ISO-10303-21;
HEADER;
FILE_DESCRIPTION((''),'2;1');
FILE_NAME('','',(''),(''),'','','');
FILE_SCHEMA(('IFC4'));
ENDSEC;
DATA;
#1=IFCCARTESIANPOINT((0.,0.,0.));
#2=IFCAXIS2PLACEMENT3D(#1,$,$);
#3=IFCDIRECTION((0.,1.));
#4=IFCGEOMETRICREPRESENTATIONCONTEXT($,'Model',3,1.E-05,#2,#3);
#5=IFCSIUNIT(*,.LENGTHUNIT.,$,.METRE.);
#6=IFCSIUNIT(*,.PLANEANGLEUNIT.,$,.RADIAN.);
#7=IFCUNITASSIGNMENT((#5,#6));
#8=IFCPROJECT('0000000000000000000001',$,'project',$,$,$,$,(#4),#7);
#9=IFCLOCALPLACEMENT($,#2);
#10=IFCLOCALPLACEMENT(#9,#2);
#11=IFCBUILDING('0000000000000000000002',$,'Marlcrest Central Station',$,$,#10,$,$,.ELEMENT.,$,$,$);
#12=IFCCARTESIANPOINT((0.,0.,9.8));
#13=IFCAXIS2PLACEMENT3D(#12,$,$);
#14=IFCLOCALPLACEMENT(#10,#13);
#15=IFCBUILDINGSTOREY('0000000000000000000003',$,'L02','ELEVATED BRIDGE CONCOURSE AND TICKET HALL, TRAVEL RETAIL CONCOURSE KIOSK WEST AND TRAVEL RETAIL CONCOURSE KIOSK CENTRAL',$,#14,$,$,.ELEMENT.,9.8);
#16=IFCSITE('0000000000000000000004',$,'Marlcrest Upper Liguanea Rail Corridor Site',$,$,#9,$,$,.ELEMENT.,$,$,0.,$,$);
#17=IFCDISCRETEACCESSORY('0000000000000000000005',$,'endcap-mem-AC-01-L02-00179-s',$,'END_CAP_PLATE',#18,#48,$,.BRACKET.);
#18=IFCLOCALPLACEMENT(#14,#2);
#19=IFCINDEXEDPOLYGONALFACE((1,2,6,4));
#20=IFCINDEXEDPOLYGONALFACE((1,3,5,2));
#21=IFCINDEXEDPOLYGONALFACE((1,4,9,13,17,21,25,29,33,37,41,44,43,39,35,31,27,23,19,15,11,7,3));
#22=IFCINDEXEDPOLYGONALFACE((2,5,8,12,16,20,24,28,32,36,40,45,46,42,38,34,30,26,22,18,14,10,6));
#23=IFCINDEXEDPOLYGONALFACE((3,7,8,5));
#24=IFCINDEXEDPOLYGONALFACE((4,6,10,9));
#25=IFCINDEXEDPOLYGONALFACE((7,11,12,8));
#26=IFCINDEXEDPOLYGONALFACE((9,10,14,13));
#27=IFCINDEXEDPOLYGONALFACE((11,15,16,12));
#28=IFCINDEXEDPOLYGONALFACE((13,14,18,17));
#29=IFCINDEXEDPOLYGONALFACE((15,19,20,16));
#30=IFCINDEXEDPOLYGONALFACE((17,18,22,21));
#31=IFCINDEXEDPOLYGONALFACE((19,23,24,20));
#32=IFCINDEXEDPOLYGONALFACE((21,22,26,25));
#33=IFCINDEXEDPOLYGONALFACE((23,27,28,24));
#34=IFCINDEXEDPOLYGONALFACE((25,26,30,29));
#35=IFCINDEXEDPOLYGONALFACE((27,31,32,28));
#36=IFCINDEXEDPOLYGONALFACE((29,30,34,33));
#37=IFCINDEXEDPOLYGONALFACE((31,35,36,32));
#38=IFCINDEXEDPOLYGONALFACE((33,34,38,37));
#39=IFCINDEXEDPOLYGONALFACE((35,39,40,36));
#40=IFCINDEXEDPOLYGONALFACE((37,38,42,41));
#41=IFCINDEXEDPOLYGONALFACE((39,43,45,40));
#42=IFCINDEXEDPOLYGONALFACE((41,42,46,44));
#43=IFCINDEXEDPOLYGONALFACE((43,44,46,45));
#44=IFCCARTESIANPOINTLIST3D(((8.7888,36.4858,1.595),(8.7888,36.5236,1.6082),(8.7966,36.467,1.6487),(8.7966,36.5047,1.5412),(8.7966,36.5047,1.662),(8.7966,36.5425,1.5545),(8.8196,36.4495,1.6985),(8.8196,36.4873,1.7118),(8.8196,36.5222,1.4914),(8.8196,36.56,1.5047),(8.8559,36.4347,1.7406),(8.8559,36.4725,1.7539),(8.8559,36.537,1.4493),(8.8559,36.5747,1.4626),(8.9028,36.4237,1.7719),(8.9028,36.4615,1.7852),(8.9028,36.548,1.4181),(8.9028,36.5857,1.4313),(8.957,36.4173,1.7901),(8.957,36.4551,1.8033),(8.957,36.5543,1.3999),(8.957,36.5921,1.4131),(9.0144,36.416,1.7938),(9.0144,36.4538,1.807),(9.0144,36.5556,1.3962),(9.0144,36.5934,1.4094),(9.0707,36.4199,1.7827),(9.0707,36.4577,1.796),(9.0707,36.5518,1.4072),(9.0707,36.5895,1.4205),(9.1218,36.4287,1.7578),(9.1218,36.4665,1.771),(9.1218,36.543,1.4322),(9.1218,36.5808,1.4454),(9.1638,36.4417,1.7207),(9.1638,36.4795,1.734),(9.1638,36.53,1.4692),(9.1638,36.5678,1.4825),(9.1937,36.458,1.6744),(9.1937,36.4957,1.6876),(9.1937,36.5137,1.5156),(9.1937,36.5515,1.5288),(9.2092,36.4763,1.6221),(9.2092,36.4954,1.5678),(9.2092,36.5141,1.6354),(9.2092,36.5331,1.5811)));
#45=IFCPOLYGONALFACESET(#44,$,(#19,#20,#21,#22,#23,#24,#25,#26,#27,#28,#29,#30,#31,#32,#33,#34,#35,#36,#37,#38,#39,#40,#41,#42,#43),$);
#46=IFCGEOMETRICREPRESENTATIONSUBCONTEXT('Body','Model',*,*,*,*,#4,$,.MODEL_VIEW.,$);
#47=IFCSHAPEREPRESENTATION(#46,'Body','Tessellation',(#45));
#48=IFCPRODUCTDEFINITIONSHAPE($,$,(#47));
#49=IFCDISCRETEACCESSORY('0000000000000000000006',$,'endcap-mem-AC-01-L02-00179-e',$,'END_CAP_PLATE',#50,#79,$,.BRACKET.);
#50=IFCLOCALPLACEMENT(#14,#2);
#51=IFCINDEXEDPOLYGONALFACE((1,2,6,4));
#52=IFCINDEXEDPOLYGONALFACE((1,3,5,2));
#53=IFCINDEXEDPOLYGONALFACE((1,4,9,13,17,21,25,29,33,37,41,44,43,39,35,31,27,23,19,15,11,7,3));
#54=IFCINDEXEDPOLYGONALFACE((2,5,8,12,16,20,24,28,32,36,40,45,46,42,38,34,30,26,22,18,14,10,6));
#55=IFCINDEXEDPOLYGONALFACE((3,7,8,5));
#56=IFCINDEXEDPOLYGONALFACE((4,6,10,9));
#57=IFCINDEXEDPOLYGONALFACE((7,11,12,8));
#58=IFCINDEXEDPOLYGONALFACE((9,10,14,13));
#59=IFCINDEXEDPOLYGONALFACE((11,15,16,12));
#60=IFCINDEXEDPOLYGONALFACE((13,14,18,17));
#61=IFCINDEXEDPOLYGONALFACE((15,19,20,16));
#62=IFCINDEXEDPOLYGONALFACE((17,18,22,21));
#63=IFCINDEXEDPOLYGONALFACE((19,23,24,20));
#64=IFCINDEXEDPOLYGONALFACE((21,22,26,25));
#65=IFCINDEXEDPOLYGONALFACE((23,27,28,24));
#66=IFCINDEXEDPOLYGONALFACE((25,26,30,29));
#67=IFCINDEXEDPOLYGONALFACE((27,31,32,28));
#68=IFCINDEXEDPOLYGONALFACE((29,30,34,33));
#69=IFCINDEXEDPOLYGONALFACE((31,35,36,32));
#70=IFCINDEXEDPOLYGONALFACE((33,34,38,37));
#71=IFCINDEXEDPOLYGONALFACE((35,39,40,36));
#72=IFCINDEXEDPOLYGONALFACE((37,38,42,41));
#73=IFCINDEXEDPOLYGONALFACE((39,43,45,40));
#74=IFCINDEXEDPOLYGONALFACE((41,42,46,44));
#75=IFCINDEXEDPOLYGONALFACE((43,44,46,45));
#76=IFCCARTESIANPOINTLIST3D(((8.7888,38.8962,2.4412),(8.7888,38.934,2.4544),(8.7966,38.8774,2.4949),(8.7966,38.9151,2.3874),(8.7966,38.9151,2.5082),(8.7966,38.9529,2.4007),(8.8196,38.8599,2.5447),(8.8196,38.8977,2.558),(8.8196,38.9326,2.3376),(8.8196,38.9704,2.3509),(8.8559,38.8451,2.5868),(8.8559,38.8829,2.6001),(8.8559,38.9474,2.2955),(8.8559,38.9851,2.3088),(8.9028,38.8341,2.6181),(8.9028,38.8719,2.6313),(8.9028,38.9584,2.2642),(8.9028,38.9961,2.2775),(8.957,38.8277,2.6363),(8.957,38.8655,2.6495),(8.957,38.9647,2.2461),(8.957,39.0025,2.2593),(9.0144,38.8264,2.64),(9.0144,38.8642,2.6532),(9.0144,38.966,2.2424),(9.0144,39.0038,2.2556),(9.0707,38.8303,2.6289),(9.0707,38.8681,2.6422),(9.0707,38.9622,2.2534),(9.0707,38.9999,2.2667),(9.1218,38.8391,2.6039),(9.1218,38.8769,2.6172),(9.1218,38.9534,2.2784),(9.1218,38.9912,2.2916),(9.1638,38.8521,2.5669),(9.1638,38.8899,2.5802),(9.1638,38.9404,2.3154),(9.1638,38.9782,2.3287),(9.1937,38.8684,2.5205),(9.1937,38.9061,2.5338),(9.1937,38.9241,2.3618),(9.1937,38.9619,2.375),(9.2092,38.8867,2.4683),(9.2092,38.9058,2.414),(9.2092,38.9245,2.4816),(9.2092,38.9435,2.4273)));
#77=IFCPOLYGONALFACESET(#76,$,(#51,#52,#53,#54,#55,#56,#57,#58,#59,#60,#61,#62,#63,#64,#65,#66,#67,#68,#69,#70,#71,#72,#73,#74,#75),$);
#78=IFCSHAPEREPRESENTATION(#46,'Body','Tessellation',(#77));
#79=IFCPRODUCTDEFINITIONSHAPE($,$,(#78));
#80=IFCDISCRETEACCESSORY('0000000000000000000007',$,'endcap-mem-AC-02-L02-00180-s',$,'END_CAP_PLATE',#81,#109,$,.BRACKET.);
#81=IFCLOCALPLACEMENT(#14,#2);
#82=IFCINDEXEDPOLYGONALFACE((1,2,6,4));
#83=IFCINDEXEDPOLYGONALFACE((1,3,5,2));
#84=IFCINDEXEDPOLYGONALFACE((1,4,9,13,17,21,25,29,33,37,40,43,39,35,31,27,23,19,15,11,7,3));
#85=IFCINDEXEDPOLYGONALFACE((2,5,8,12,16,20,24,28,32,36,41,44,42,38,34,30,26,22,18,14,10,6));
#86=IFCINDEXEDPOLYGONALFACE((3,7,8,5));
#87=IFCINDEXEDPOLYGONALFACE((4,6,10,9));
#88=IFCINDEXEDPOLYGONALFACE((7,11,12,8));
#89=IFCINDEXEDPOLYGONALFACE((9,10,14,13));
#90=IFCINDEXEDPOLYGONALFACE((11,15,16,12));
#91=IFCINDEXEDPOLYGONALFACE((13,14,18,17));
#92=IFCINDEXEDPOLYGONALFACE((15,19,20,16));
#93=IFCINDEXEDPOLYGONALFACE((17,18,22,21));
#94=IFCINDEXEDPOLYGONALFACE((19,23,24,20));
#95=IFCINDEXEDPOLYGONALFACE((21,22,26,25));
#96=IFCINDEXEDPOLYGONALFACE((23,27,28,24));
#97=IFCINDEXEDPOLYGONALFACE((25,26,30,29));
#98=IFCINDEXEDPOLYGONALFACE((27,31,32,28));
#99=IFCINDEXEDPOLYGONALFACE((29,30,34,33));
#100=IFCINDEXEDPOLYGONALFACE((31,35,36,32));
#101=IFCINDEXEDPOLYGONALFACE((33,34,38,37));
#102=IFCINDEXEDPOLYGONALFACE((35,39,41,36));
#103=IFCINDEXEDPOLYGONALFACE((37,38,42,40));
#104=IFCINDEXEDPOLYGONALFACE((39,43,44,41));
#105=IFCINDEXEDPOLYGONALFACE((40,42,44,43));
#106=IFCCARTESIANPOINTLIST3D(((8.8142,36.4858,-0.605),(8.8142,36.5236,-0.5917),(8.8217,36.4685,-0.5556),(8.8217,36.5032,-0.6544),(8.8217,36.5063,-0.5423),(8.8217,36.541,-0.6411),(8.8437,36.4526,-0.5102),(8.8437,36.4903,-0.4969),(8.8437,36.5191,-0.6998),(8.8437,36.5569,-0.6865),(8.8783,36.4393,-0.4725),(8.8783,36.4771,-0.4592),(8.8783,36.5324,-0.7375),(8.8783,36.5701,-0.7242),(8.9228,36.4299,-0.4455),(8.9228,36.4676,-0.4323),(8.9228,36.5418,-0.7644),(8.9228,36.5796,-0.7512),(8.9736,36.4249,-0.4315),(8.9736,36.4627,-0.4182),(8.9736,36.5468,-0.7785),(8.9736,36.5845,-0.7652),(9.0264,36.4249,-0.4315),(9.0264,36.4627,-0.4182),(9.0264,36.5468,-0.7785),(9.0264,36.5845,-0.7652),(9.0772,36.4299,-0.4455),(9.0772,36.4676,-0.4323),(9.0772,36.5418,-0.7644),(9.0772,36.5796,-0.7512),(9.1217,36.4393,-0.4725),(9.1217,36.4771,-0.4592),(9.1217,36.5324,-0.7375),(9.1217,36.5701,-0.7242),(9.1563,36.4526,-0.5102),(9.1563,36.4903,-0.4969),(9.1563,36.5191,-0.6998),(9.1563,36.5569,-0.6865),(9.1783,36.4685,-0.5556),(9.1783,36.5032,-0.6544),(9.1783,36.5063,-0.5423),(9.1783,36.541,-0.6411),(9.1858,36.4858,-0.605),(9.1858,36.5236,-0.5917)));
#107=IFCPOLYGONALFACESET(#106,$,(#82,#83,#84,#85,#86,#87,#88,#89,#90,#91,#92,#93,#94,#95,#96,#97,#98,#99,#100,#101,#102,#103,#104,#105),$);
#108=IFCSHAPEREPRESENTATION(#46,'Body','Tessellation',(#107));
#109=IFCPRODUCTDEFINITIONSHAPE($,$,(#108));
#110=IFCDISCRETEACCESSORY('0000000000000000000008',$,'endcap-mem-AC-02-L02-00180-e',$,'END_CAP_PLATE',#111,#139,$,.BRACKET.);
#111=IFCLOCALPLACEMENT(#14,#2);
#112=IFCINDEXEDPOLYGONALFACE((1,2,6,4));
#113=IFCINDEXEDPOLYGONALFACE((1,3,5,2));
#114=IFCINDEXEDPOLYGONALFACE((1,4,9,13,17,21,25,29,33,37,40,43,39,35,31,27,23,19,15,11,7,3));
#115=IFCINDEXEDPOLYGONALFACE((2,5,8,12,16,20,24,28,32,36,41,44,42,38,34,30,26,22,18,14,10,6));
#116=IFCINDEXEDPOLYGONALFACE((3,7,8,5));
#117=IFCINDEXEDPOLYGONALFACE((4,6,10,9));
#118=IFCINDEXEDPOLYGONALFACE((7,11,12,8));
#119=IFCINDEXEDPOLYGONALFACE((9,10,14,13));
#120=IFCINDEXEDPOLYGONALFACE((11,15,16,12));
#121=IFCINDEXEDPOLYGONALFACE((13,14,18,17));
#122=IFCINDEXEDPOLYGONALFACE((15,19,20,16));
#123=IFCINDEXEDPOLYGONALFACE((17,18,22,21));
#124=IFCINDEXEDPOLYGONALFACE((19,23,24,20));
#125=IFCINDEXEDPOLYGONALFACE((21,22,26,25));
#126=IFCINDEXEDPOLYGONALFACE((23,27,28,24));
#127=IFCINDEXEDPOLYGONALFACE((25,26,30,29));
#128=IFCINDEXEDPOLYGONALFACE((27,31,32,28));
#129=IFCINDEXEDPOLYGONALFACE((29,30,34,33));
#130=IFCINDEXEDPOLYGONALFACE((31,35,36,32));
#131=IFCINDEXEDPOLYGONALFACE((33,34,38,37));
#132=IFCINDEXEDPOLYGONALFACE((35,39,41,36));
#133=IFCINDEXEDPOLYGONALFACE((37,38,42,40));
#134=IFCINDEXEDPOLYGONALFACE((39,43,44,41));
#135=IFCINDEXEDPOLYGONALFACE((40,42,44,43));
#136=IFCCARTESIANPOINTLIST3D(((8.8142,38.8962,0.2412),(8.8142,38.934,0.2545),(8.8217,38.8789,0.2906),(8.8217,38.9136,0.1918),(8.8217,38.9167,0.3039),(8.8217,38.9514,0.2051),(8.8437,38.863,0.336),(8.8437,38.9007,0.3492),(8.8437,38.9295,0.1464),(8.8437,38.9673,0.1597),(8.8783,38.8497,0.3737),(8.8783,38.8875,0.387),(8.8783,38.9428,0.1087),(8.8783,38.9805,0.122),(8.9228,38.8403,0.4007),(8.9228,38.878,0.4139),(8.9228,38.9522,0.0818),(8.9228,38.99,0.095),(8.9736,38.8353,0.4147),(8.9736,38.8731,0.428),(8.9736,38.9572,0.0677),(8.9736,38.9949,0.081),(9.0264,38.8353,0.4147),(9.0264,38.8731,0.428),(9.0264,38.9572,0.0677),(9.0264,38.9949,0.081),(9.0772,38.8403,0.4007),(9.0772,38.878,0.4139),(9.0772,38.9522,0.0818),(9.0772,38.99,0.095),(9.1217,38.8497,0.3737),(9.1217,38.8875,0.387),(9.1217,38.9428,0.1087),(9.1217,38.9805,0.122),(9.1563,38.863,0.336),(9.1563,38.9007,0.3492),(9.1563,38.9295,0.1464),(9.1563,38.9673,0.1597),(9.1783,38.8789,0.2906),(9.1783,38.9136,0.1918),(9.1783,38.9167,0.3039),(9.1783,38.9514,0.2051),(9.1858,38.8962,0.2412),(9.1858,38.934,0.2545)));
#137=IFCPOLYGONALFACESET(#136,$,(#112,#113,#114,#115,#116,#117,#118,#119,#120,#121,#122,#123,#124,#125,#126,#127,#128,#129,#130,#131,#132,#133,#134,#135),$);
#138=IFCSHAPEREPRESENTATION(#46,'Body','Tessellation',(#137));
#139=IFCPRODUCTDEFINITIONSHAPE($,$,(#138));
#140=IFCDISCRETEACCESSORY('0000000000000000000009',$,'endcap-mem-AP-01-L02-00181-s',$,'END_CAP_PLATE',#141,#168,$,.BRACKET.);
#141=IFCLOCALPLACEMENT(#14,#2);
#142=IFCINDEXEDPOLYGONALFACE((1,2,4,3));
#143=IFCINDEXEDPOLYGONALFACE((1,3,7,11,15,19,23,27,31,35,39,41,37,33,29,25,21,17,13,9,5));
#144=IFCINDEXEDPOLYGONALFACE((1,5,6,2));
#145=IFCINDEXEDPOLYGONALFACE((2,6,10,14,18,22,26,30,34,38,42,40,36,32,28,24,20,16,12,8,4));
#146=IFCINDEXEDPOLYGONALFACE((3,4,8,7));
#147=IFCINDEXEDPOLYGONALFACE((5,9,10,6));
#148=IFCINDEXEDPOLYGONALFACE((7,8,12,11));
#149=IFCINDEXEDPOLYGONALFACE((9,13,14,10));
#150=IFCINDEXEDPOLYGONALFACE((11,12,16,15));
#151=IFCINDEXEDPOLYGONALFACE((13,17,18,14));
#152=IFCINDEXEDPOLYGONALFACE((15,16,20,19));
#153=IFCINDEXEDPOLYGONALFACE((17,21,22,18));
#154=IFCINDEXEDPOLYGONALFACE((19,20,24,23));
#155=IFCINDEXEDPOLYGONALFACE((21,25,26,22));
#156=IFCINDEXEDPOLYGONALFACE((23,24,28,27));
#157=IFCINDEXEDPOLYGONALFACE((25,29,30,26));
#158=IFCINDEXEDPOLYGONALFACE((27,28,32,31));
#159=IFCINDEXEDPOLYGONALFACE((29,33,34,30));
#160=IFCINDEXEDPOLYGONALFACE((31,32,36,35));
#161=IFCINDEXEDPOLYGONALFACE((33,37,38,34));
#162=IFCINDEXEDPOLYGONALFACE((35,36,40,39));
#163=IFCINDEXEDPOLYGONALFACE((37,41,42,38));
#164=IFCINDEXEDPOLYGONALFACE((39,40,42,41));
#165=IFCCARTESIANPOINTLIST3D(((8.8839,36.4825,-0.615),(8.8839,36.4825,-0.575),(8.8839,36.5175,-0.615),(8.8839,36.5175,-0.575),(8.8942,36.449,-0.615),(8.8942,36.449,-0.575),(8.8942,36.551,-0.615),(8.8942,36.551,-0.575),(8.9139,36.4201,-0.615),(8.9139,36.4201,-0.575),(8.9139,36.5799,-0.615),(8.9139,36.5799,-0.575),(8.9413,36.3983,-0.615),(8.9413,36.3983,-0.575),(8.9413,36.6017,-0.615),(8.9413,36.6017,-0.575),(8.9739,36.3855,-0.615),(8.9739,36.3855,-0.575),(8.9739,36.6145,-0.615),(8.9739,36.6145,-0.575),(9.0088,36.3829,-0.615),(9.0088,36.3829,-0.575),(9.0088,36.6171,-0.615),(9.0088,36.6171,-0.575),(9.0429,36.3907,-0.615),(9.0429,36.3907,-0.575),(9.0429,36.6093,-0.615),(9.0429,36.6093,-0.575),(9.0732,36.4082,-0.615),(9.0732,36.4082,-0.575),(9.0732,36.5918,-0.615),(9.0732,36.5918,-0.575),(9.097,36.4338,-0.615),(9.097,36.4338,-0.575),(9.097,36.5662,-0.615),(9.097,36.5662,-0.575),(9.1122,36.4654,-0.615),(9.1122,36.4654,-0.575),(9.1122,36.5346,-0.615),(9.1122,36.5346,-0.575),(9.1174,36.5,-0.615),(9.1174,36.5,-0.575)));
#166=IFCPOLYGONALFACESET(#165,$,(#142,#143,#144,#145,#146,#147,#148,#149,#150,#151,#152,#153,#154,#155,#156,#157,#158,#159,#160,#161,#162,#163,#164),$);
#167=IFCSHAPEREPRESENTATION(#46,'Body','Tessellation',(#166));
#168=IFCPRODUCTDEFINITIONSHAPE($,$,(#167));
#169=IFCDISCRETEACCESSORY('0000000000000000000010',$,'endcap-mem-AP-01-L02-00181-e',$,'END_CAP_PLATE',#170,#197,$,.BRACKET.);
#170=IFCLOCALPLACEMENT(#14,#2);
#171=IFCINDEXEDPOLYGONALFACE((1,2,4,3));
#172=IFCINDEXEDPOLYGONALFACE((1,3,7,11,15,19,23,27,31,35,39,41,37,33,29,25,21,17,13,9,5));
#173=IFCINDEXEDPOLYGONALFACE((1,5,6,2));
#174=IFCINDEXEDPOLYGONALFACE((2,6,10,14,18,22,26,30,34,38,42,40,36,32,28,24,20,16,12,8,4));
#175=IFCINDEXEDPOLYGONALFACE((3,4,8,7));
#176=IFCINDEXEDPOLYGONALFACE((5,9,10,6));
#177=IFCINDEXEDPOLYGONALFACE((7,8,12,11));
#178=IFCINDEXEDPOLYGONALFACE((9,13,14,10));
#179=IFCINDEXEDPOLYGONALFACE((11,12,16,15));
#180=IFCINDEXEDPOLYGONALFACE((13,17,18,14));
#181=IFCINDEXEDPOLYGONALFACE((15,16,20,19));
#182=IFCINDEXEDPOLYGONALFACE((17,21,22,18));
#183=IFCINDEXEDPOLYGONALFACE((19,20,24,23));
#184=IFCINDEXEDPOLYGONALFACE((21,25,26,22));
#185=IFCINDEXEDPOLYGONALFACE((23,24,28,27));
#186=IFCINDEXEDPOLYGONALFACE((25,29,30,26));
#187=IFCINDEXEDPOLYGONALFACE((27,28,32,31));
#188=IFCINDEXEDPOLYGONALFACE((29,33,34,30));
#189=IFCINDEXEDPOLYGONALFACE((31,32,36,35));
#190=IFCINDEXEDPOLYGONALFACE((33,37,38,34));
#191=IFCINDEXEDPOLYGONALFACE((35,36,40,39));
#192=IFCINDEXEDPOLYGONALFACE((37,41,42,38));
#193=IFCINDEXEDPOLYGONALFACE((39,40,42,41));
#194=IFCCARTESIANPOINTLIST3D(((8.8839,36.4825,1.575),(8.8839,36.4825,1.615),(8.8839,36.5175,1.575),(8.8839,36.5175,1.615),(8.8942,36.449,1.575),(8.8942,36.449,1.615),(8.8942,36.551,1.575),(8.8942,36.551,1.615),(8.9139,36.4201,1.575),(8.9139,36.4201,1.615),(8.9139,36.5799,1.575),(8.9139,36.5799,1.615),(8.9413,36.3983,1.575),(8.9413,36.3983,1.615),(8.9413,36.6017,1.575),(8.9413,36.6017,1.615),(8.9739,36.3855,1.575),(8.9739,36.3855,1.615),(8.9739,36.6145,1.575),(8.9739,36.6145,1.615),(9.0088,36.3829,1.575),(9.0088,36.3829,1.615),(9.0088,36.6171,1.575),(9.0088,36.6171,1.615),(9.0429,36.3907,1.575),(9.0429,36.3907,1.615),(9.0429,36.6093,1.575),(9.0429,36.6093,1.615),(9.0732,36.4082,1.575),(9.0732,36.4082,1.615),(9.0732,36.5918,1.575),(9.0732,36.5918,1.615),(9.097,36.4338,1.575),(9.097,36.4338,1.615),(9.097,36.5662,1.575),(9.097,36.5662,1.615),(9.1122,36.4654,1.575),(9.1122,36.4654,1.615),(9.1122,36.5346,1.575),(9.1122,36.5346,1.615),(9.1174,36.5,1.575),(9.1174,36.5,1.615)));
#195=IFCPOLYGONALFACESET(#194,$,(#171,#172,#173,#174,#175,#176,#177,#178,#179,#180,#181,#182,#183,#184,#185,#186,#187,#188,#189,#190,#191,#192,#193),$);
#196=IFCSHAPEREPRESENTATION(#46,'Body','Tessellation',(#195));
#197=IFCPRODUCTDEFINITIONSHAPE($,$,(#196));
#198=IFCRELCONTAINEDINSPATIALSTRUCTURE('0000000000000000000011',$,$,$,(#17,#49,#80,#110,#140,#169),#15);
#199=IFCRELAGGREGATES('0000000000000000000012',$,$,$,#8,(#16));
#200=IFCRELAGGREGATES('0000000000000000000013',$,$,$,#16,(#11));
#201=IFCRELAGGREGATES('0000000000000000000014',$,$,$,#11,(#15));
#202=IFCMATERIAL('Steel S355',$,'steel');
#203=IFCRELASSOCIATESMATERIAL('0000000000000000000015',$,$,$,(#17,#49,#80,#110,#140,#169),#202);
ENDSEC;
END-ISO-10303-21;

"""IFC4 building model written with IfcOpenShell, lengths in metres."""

from ifc_helpers import new_model, si_unit, direction, frame, origin, origin_2d, place, context, subcontext, project, spatial, circle, extrude, material, element, save


model = new_model("IFC4")

# Units and contexts
model_context = context("Model", 3, precision=1e-05, world=origin(), true_north=direction((0.0, 1.0)))
body_context = subcontext(model_context, "Body", "Model", "MODEL_VIEW")
ifc_project = project(units=[si_unit("LENGTHUNIT", "METRE"), si_unit("PLANEANGLEUNIT", "RADIAN")], contexts=[model_context])

# Site, building, storey
site_placement = place(None, origin())
site = spatial("IfcSite", under=ifc_project, at=site_placement, Name="Marlcrest Upper Liguanea Rail Corridor Site", CompositionType="ELEMENT", RefElevation=0.0)
building_placement = place(site_placement, origin())
building = spatial("IfcBuilding", under=site, at=building_placement, Name="Marlcrest Central Station", CompositionType="ELEMENT")
storey_placement = place(building_placement, frame((0.0, 0.0, 9.8)))
storey = spatial("IfcBuildingStorey", under=building, at=storey_placement, Name="L02", Description="ELEVATED BRIDGE CONCOURSE AND TICKET HALL, TRAVEL RETAIL CONCOURSE KIOSK WEST AND TRAVEL RETAIL CONCOURSE KIOSK CENTRAL", CompositionType="ELEMENT", Elevation=9.8)

# Shared definitions
ifc_material_1 = material(Name="Steel S355", Category="steel")

# Discrete accessories
for number, where, z_axis, x_axis, name in (
    (1, (9.0, 36.4858, 1.595), (0.0, 0.943537, 0.331266), (-1.0, 0.0, 0.0), "endcap-mem-AC-01-L02-00179-s"),
    (2, (9.0, 38.8962, 2.4412), (0.0, 0.943537, 0.331266), (-1.0, 0.0, 0.0), "endcap-mem-AC-01-L02-00179-e"),
):
    element("IfcDiscreteAccessory", number, at=place(storey_placement, frame(where, z_axis=z_axis, x_axis=x_axis)), inside=storey, material=ifc_material_1, Name=name, ObjectType="END_CAP_PLATE", PredefinedType="BRACKET", context=body_context, shape_type="SweptSolid", body=[
        extrude(circle(Radius=0.2112, at=origin_2d()), origin(), (0.0, 0.0, 1.0), 0.04),
    ])
for number, where, z_axis, x_axis, name in (
    (3, (9.0, 36.4858, -0.605), (0.0, 0.943537, 0.331266), (-1.0, 0.0, 0.0), "endcap-mem-AC-02-L02-00180-s"),
    (4, (9.0, 38.8962, 0.2412), (0.0, 0.943537, 0.331266), (-1.0, 0.0, 0.0), "endcap-mem-AC-02-L02-00180-e"),
):
    element("IfcDiscreteAccessory", number, at=place(storey_placement, frame(where, z_axis=z_axis, x_axis=x_axis)), inside=storey, material=ifc_material_1, Name=name, ObjectType="END_CAP_PLATE", PredefinedType="BRACKET", context=body_context, shape_type="SweptSolid", body=[
        extrude(circle(Radius=0.1858, at=origin_2d()), origin(), (0.0, 0.0, 1.0), 0.04),
    ])
for number, where, z_axis, x_axis, name in (
    (5, (9.0, 36.5, -0.615), (0.0, 0.0, 1.0), (1.0, 0.0, 0.0), "endcap-mem-AP-01-L02-00181-s"),
    (6, (9.0, 36.5, 1.575), (0.0, 0.0, 1.0), (1.0, 0.0, 0.0), "endcap-mem-AP-01-L02-00181-e"),
):
    element("IfcDiscreteAccessory", number, at=place(storey_placement, frame(where, z_axis=z_axis, x_axis=x_axis)), inside=storey, material=ifc_material_1, Name=name, ObjectType="END_CAP_PLATE", PredefinedType="BRACKET", context=body_context, shape_type="SweptSolid", body=[
        extrude(circle(Radius=0.1174, at=origin_2d()), origin(), (0.0, 0.0, 1.0), 0.04),
    ])

save(model, "model.ifc")
